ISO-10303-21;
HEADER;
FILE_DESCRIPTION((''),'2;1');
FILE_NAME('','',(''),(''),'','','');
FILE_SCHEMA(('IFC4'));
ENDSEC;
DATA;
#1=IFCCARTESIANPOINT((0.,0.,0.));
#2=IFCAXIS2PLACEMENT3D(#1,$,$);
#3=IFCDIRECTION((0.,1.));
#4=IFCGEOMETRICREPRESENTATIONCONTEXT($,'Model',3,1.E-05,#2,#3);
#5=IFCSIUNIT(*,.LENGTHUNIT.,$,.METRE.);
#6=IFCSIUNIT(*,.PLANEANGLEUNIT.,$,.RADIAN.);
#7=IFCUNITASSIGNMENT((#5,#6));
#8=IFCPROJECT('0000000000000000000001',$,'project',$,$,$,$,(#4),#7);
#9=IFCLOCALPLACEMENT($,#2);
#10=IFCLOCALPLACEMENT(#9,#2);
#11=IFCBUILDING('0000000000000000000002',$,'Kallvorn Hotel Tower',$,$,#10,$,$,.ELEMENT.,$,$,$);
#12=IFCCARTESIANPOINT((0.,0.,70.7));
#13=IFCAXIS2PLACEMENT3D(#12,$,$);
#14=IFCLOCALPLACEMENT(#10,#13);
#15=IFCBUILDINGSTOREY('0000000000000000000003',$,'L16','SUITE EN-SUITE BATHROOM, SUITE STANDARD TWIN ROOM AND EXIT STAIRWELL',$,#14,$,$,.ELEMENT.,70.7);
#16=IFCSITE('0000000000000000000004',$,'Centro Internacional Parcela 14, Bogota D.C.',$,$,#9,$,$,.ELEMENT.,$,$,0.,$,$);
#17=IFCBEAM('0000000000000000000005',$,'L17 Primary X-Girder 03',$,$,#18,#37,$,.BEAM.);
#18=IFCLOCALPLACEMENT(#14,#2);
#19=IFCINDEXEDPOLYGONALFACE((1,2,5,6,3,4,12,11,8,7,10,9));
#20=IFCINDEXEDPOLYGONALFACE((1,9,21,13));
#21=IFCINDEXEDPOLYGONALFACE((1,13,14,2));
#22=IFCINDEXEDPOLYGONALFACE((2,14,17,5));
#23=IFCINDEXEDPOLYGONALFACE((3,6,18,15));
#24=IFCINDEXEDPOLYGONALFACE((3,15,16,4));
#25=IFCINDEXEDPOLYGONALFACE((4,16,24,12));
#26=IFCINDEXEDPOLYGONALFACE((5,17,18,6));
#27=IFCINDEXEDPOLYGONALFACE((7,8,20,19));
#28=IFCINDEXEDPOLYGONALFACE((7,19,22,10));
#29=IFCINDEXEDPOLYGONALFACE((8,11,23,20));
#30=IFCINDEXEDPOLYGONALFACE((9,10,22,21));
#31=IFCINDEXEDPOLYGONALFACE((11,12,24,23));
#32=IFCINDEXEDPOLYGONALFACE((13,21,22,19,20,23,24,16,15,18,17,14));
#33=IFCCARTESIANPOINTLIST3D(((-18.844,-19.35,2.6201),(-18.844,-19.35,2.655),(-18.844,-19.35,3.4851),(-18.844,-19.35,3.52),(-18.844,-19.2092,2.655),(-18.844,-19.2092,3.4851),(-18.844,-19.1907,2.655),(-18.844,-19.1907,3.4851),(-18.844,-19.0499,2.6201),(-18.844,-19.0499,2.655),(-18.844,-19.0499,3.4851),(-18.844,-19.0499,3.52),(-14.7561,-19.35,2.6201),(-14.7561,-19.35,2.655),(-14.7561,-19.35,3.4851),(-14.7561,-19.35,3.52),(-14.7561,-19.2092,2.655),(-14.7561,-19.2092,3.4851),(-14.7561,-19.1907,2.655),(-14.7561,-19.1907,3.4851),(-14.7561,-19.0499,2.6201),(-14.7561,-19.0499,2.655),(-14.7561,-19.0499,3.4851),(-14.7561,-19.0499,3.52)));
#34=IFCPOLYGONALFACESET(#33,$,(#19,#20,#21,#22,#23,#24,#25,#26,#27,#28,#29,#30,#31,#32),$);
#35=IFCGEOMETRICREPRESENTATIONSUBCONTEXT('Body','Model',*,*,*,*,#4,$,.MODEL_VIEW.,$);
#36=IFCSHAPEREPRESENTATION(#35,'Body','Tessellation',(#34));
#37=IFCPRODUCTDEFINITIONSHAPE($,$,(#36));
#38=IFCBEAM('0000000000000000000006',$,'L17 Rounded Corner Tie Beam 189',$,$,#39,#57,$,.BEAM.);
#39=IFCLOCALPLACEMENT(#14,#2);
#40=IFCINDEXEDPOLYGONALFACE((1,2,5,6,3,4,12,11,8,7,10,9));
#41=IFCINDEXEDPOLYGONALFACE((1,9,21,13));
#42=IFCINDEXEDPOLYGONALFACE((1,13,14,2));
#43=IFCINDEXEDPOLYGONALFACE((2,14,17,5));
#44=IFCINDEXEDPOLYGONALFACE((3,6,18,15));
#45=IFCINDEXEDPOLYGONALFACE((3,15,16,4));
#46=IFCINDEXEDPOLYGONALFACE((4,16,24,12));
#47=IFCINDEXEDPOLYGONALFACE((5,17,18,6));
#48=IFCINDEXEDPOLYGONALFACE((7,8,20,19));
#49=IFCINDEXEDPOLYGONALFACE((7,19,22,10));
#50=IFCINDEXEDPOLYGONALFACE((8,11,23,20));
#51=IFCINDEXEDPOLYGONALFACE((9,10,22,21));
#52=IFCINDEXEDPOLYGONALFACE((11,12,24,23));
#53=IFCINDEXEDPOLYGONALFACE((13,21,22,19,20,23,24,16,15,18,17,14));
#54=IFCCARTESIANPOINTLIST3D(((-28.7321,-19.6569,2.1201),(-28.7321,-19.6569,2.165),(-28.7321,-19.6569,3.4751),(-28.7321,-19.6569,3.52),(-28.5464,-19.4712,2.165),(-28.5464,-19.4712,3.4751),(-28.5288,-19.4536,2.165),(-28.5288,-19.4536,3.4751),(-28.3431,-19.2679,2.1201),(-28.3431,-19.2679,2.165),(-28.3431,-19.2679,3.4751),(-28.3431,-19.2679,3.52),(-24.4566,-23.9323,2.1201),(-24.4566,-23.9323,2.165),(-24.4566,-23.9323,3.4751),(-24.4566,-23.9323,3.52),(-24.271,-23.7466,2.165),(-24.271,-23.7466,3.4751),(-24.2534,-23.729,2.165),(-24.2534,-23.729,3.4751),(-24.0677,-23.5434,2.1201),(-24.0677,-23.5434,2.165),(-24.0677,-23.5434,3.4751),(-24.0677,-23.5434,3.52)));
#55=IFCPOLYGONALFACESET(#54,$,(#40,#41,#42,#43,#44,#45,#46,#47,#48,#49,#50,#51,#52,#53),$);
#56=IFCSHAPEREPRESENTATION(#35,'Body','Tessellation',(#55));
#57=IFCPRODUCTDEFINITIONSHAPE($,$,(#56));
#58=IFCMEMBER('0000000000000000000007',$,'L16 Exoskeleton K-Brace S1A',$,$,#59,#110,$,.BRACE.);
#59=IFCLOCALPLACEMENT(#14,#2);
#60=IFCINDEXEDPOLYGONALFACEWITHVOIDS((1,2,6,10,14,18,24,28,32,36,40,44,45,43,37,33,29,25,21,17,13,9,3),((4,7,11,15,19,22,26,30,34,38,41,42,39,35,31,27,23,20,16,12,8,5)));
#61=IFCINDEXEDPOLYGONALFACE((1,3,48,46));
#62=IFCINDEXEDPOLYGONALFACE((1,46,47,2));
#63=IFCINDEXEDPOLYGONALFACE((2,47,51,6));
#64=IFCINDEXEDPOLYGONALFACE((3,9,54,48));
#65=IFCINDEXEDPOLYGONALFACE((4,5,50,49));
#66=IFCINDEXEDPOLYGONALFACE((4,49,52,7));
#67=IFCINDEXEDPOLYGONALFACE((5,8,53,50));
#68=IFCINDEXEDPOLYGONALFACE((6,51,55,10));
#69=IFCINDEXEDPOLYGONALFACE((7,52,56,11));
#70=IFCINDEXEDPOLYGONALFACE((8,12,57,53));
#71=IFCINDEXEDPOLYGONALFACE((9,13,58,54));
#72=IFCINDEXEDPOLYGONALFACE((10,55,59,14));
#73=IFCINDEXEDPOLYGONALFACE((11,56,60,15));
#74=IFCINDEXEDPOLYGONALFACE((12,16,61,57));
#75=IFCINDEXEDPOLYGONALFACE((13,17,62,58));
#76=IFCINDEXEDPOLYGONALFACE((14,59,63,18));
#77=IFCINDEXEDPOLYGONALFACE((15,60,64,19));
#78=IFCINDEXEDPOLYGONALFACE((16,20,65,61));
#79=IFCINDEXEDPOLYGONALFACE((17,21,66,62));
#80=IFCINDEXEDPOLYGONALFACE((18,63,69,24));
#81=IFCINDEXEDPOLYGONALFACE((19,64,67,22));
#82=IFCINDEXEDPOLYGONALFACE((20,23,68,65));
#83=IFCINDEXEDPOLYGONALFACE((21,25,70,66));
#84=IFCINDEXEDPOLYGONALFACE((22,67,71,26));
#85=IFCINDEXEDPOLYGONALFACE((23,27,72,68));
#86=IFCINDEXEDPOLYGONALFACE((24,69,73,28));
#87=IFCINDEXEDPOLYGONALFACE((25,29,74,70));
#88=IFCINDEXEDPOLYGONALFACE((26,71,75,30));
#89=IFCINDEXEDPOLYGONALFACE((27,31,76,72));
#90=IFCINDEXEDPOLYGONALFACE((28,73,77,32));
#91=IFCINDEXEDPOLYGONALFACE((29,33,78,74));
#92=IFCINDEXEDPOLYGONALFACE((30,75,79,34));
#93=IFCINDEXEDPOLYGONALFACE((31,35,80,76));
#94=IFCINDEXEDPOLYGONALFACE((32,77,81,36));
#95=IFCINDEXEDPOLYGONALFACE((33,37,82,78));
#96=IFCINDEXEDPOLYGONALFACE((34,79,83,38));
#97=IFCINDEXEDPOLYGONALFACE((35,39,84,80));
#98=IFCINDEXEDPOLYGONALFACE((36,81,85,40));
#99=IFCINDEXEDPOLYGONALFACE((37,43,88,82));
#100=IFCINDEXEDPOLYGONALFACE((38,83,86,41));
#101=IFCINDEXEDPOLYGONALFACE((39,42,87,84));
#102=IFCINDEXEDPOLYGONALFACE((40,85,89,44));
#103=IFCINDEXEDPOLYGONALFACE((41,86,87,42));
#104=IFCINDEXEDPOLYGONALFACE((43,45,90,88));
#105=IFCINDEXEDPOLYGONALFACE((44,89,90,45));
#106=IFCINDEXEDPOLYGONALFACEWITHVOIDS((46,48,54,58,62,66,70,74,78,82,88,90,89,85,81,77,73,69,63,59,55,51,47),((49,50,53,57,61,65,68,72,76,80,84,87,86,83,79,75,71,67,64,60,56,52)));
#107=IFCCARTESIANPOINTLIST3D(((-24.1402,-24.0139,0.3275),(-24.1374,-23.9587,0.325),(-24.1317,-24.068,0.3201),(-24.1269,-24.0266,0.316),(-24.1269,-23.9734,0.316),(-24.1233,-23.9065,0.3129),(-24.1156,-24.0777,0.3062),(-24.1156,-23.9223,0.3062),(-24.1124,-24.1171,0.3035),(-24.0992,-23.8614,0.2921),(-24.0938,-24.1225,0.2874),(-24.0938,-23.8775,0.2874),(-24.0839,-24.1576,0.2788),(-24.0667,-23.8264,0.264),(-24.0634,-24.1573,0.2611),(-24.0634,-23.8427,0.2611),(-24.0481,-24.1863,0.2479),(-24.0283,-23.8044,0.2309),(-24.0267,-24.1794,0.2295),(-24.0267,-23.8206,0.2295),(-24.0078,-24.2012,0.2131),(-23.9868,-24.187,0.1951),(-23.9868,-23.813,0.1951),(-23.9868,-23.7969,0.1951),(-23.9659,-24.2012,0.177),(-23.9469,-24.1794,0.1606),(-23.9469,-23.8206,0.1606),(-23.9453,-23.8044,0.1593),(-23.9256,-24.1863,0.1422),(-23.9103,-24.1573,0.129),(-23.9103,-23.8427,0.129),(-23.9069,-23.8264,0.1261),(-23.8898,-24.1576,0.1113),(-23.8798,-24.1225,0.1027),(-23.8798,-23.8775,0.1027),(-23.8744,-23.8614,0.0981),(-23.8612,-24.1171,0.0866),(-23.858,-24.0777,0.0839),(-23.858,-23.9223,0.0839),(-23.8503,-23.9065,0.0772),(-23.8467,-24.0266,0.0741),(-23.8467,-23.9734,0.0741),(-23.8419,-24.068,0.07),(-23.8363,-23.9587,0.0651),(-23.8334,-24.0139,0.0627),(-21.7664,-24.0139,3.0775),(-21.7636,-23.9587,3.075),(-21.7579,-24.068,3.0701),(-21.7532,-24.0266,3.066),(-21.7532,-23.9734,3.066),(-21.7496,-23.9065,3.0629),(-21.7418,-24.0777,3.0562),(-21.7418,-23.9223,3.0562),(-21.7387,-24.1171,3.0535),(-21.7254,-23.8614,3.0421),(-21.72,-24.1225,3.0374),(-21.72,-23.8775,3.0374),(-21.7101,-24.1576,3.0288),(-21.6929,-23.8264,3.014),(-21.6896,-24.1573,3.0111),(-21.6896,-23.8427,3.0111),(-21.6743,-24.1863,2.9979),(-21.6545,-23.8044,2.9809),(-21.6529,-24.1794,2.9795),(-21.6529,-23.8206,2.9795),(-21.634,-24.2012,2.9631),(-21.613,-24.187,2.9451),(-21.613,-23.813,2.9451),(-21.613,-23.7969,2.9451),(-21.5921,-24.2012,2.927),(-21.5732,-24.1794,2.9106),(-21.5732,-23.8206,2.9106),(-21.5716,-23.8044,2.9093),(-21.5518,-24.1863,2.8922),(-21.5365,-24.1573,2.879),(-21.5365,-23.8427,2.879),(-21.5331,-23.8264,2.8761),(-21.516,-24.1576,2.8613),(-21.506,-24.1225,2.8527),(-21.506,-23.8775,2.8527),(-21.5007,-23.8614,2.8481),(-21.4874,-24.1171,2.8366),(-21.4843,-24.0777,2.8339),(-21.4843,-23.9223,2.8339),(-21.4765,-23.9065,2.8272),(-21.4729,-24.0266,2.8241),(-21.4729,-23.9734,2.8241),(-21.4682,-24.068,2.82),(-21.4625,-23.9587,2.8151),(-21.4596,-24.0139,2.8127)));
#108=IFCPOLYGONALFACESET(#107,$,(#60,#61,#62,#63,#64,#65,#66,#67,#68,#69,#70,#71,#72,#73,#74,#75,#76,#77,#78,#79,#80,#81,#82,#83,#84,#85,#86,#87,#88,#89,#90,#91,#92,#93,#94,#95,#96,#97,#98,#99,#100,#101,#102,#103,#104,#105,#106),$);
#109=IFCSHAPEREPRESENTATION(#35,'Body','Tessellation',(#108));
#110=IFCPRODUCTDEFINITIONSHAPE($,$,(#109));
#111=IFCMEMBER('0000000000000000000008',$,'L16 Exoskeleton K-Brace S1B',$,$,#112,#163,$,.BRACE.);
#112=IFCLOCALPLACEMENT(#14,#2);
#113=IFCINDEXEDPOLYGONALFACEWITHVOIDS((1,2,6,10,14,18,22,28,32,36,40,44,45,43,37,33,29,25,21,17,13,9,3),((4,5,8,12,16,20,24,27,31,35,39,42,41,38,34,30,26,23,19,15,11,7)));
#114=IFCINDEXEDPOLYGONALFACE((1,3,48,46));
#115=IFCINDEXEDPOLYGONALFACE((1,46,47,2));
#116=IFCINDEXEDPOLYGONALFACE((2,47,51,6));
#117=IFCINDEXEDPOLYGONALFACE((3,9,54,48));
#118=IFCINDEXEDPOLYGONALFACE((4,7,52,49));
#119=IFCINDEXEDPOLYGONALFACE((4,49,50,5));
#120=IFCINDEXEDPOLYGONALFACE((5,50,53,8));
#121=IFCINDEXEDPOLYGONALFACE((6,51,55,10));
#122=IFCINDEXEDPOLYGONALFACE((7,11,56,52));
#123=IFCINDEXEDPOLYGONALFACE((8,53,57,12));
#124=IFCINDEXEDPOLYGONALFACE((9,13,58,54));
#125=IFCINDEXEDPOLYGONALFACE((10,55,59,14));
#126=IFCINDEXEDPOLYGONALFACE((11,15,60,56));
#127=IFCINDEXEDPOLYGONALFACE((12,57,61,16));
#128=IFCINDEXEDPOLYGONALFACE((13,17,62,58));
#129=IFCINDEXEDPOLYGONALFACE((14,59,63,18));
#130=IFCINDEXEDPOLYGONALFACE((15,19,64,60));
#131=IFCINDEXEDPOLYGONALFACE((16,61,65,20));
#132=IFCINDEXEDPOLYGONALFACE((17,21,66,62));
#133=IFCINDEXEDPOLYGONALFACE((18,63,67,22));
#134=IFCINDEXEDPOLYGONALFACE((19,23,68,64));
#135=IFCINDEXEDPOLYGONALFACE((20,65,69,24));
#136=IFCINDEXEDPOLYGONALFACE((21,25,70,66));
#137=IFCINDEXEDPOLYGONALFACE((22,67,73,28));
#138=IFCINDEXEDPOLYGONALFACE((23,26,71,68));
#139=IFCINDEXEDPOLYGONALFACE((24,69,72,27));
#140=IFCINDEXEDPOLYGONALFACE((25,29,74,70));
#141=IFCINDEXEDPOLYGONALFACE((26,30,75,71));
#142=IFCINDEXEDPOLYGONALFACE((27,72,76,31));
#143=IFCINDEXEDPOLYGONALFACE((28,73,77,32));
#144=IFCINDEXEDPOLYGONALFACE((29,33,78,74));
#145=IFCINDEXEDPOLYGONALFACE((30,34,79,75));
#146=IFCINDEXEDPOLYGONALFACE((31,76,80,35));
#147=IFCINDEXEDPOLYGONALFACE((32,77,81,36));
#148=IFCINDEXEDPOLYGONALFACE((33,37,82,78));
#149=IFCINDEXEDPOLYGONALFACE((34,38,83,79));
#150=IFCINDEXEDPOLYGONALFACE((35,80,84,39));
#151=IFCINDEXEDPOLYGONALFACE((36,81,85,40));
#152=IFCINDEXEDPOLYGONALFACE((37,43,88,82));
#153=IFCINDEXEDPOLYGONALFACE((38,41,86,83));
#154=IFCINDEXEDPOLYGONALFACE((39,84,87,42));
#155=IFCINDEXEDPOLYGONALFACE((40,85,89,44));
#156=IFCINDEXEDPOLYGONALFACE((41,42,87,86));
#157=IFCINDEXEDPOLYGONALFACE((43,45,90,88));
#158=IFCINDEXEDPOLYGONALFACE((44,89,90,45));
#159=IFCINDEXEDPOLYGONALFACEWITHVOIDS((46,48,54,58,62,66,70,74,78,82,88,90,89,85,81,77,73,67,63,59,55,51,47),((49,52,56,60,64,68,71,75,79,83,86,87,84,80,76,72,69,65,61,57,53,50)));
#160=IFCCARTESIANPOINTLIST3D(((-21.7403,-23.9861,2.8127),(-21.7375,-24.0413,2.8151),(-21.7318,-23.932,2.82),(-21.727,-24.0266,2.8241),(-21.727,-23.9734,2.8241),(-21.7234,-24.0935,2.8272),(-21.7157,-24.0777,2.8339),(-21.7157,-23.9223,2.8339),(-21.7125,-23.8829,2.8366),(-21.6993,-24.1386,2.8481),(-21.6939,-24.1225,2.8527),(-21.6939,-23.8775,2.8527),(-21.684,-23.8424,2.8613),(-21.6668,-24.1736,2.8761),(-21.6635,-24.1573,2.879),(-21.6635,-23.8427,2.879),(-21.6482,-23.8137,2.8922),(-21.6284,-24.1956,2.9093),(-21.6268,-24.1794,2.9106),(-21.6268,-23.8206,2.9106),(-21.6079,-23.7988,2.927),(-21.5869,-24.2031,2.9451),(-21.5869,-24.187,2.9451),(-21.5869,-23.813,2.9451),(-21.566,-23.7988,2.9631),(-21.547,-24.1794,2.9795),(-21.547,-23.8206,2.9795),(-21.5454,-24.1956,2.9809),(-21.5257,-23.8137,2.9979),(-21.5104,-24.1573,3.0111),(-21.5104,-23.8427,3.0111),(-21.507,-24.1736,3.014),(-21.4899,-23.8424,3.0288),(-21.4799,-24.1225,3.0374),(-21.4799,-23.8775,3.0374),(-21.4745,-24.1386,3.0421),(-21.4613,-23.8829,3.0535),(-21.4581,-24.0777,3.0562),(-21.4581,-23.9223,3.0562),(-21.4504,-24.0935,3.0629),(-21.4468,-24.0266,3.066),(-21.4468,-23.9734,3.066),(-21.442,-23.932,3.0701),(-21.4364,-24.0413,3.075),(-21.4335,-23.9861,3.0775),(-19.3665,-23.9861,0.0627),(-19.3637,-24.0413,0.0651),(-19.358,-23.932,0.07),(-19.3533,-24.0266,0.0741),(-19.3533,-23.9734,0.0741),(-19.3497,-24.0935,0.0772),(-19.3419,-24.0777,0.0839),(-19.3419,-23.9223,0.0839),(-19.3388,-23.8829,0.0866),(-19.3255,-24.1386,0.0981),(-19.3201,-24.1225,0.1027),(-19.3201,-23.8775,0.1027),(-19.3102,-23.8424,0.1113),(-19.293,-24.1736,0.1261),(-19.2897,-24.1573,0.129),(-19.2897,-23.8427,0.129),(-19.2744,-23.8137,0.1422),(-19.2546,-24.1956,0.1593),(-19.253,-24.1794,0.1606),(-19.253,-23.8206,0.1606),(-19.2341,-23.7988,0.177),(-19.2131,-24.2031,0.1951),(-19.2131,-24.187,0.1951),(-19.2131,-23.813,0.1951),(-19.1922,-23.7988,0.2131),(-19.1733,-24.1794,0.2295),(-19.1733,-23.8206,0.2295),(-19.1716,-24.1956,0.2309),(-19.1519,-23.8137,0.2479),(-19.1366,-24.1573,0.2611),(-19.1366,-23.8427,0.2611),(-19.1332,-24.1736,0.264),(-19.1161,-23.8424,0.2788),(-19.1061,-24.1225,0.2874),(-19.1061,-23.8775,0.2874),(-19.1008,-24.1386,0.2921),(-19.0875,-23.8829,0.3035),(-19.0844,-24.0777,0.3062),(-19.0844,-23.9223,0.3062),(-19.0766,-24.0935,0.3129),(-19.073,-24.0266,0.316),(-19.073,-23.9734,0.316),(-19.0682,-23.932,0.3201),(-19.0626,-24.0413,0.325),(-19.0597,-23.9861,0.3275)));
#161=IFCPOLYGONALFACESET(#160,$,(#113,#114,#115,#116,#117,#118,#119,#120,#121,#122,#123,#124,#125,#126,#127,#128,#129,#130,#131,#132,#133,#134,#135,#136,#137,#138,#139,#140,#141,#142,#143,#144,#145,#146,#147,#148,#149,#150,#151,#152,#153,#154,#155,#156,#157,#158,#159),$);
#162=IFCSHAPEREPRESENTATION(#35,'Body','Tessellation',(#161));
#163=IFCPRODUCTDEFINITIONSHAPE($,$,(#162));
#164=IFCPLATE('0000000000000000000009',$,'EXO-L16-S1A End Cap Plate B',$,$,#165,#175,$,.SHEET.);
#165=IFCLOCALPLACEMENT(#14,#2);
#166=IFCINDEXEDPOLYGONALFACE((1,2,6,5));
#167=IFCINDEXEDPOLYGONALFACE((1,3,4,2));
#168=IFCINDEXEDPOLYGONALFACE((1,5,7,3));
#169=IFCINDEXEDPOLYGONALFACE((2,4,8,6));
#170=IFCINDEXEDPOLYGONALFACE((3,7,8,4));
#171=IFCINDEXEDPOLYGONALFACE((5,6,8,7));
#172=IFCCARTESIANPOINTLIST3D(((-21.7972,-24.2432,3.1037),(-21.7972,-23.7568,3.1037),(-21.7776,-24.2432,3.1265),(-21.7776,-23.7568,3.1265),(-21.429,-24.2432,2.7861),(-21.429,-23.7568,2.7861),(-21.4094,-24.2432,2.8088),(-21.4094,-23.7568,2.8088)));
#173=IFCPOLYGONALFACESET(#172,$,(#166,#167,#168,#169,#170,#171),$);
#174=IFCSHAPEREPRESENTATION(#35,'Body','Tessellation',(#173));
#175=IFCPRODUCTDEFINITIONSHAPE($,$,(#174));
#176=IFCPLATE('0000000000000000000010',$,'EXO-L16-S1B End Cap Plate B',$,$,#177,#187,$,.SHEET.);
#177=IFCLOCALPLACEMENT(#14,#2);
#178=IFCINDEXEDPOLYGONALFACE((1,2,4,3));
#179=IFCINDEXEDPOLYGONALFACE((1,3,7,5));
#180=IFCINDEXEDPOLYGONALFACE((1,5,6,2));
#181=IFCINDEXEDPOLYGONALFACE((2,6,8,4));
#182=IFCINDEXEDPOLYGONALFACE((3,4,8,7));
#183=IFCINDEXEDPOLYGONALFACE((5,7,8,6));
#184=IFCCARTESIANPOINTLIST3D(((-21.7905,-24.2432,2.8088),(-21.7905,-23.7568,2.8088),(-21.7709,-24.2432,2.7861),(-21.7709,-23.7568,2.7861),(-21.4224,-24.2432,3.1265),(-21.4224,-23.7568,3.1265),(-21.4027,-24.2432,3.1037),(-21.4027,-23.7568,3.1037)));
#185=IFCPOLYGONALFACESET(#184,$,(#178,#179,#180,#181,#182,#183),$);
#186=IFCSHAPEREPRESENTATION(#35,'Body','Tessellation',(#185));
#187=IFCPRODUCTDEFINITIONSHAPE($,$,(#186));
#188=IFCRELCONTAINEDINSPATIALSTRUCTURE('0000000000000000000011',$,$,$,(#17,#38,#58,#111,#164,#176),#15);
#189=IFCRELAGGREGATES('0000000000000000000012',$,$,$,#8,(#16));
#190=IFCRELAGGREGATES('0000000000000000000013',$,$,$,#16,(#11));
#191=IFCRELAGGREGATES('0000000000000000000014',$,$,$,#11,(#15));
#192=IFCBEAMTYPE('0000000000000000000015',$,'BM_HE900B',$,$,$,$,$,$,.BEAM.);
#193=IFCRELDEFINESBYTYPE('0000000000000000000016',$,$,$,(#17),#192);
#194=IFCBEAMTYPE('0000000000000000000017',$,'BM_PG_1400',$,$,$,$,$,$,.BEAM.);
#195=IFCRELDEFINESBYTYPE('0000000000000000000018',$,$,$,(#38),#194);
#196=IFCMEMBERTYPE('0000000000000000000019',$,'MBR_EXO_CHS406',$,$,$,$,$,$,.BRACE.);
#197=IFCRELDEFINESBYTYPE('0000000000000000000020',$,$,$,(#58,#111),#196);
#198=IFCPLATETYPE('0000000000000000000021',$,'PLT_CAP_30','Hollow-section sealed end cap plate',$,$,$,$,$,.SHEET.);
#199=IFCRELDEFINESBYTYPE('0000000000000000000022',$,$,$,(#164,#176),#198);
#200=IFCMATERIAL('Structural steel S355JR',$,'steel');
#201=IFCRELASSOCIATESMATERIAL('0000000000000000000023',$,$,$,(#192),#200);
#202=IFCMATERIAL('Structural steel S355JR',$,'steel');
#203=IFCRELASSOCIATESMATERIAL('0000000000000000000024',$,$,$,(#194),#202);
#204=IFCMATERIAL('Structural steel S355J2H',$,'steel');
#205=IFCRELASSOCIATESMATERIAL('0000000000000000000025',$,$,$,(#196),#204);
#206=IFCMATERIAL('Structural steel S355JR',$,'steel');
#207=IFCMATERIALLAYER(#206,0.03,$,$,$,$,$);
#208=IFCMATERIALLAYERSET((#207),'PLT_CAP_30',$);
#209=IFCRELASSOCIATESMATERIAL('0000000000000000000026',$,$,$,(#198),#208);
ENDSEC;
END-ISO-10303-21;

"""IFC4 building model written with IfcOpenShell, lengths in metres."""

from ifc_helpers import new_model, si_unit, direction, frame, origin, origin_2d, place, context, subcontext, project, spatial, polyline, hollow_circle, i_section, outline, extrude, material, layer, layer_set, material_profile, profile_set, type_object, element, save


model = new_model("IFC4")

# Units and contexts
model_context = context("Model", 3, precision=1e-05, world=origin(), true_north=direction((0.0, 1.0)))
body_context = subcontext(model_context, "Body", "Model", "MODEL_VIEW")
ifc_project = project(units=[si_unit("LENGTHUNIT", "METRE"), si_unit("PLANEANGLEUNIT", "RADIAN")], contexts=[model_context])

# Site, building, storey
site_placement = place(None, origin())
site = spatial("IfcSite", under=ifc_project, at=site_placement, Name="Centro Internacional Parcela 14, Bogota D.C.", CompositionType="ELEMENT", RefElevation=0.0)
building_placement = place(site_placement, origin())
building = spatial("IfcBuilding", under=site, at=building_placement, Name="Kallvorn Hotel Tower", CompositionType="ELEMENT")
storey_placement = place(building_placement, frame((0.0, 0.0, 70.7)))
storey = spatial("IfcBuildingStorey", under=building, at=storey_placement, Name="L16", Description="SUITE EN-SUITE BATHROOM, SUITE STANDARD TWIN ROOM AND EXIT STAIRWELL", CompositionType="ELEMENT", Elevation=70.7)

# Beams
ifc_material_1 = material(Name="Structural steel S355JR", Category="steel")
ifc_material_profile_1 = material_profile(ifc_material_1, i_section(OverallWidth=0.3, OverallDepth=0.8999, WebThickness=0.0186, FlangeThickness=0.0349, at=origin_2d()), Name="HE 900 B")
ifc_profile_set_1 = profile_set([ifc_material_profile_1], Name="Structural steel S355JR")
beam_type_1 = type_object("IfcBeamType", Name="BM_HE900B", PredefinedType="BEAM", material=ifc_profile_set_1)
beam_1_placement = place(storey_placement, frame((-18.844, -19.2, 3.0701), z_axis=(1.0, 0.0, 0.0), x_axis=(0.0, 1.0, 0.0)))
element("IfcBeam", 1, at=beam_1_placement, inside=storey, type_object=beam_type_1, Name="L17 Primary X-Girder 03", PredefinedType="BEAM", context=body_context, shape_type="SweptSolid", body=[
    extrude(i_section(OverallWidth=0.3, OverallDepth=0.8999, WebThickness=0.0186, FlangeThickness=0.0349, at=origin_2d()), origin(), (0.0, 0.0, 1.0), 4.0879),
])
ifc_material_2 = material(Name="Structural steel S355JR", Category="steel")
ifc_material_profile_2 = material_profile(ifc_material_2, i_section(OverallWidth=0.55, OverallDepth=1.3999, WebThickness=0.0249, FlangeThickness=0.0449, at=origin_2d()), Name="PG 1400x550x25x45")
ifc_profile_set_2 = profile_set([ifc_material_profile_2], Name="Structural steel S355JR")
beam_type_2 = type_object("IfcBeamType", Name="BM_PG_1400", PredefinedType="BEAM", material=ifc_profile_set_2)
beam_2_placement = place(storey_placement, frame((-28.5376, -19.4624, 2.8201), z_axis=(0.707107, -0.707107, 0.0), x_axis=(0.707107, 0.707107, 0.0)))
element("IfcBeam", 2, at=beam_2_placement, inside=storey, type_object=beam_type_2, Name="L17 Rounded Corner Tie Beam 189", PredefinedType="BEAM", context=body_context, shape_type="SweptSolid", body=[
    extrude(i_section(OverallWidth=0.55, OverallDepth=1.3999, WebThickness=0.0249, FlangeThickness=0.0449, at=origin_2d()), origin(), (0.0, 0.0, 1.0), 6.0464),
])

# Members
ifc_material_3 = material(Name="Structural steel S355J2H", Category="steel")
ifc_material_profile_3 = material_profile(ifc_material_3, hollow_circle(Radius=0.2031, WallThickness=0.0161, at=origin_2d()), Name="CHS 406.4x16")
ifc_profile_set_3 = profile_set([ifc_material_profile_3], Name="Structural steel S355J2H")
member_type = type_object("IfcMemberType", Name="MBR_EXO_CHS406", PredefinedType="BRACE", material=ifc_profile_set_3)
for number, where, z_axis, x_axis, name in (
    (3, (-23.9868, -24.0, 0.1951), (0.653427, 0.0, 0.756989), (0.0, 1.0, 0.0), "L16 Exoskeleton K-Brace S1A"),
    (4, (-19.2131, -24.0, 0.1951), (-0.653427, 0.0, 0.756989), (0.0, -1.0, 0.0), "L16 Exoskeleton K-Brace S1B"),
):
    element("IfcMember", number, at=place(storey_placement, frame(where, z_axis=z_axis, x_axis=x_axis)), inside=storey, type_object=member_type, Name=name, PredefinedType="BRACE", context=body_context, shape_type="SweptSolid", body=[
        extrude(hollow_circle(Radius=0.2031, WallThickness=0.0161, at=origin_2d()), origin(), (0.0, 0.0, 1.0), 3.6328),
    ])

# Plates
ifc_material_4 = material(Name="Structural steel S355JR", Category="steel")
ifc_layer_1 = layer(ifc_material_4, 0.03)
ifc_layer_set_1 = layer_set([ifc_layer_1], Name="PLT_CAP_30")
plate_type_1 = type_object("IfcPlateType", Name="PLT_CAP_30", Description="Hollow-section sealed end cap plate", PredefinedType="SHEET", material=ifc_layer_set_1)
for number, where, z_axis, x_axis, name in (
    (5, (-21.4094, -24.2432, 2.8088), (0.653228, 0.0, 0.757162), (0.0, 1.0, 0.0), "EXO-L16-S1A End Cap Plate B"),
    (6, (-21.7905, -23.7568, 2.8088), (-0.653228, 0.0, 0.757162), (0.0, -1.0, 0.0), "EXO-L16-S1B End Cap Plate B"),
):
    element("IfcPlate", number, at=place(storey_placement, frame(where, z_axis=z_axis, x_axis=x_axis)), inside=storey, type_object=plate_type_1, Name=name, PredefinedType="SHEET", context=body_context, shape_type="SweptSolid", body=[
        extrude(outline(polyline([(0.0, 0.0), (0.4863, 0.0), (0.4863, 0.4862), (0.0, 0.4862), (0.0, 0.0)])), origin(), (0.0, 0.0, -1.0), 0.03),
    ])

save(model, "model.ifc")
